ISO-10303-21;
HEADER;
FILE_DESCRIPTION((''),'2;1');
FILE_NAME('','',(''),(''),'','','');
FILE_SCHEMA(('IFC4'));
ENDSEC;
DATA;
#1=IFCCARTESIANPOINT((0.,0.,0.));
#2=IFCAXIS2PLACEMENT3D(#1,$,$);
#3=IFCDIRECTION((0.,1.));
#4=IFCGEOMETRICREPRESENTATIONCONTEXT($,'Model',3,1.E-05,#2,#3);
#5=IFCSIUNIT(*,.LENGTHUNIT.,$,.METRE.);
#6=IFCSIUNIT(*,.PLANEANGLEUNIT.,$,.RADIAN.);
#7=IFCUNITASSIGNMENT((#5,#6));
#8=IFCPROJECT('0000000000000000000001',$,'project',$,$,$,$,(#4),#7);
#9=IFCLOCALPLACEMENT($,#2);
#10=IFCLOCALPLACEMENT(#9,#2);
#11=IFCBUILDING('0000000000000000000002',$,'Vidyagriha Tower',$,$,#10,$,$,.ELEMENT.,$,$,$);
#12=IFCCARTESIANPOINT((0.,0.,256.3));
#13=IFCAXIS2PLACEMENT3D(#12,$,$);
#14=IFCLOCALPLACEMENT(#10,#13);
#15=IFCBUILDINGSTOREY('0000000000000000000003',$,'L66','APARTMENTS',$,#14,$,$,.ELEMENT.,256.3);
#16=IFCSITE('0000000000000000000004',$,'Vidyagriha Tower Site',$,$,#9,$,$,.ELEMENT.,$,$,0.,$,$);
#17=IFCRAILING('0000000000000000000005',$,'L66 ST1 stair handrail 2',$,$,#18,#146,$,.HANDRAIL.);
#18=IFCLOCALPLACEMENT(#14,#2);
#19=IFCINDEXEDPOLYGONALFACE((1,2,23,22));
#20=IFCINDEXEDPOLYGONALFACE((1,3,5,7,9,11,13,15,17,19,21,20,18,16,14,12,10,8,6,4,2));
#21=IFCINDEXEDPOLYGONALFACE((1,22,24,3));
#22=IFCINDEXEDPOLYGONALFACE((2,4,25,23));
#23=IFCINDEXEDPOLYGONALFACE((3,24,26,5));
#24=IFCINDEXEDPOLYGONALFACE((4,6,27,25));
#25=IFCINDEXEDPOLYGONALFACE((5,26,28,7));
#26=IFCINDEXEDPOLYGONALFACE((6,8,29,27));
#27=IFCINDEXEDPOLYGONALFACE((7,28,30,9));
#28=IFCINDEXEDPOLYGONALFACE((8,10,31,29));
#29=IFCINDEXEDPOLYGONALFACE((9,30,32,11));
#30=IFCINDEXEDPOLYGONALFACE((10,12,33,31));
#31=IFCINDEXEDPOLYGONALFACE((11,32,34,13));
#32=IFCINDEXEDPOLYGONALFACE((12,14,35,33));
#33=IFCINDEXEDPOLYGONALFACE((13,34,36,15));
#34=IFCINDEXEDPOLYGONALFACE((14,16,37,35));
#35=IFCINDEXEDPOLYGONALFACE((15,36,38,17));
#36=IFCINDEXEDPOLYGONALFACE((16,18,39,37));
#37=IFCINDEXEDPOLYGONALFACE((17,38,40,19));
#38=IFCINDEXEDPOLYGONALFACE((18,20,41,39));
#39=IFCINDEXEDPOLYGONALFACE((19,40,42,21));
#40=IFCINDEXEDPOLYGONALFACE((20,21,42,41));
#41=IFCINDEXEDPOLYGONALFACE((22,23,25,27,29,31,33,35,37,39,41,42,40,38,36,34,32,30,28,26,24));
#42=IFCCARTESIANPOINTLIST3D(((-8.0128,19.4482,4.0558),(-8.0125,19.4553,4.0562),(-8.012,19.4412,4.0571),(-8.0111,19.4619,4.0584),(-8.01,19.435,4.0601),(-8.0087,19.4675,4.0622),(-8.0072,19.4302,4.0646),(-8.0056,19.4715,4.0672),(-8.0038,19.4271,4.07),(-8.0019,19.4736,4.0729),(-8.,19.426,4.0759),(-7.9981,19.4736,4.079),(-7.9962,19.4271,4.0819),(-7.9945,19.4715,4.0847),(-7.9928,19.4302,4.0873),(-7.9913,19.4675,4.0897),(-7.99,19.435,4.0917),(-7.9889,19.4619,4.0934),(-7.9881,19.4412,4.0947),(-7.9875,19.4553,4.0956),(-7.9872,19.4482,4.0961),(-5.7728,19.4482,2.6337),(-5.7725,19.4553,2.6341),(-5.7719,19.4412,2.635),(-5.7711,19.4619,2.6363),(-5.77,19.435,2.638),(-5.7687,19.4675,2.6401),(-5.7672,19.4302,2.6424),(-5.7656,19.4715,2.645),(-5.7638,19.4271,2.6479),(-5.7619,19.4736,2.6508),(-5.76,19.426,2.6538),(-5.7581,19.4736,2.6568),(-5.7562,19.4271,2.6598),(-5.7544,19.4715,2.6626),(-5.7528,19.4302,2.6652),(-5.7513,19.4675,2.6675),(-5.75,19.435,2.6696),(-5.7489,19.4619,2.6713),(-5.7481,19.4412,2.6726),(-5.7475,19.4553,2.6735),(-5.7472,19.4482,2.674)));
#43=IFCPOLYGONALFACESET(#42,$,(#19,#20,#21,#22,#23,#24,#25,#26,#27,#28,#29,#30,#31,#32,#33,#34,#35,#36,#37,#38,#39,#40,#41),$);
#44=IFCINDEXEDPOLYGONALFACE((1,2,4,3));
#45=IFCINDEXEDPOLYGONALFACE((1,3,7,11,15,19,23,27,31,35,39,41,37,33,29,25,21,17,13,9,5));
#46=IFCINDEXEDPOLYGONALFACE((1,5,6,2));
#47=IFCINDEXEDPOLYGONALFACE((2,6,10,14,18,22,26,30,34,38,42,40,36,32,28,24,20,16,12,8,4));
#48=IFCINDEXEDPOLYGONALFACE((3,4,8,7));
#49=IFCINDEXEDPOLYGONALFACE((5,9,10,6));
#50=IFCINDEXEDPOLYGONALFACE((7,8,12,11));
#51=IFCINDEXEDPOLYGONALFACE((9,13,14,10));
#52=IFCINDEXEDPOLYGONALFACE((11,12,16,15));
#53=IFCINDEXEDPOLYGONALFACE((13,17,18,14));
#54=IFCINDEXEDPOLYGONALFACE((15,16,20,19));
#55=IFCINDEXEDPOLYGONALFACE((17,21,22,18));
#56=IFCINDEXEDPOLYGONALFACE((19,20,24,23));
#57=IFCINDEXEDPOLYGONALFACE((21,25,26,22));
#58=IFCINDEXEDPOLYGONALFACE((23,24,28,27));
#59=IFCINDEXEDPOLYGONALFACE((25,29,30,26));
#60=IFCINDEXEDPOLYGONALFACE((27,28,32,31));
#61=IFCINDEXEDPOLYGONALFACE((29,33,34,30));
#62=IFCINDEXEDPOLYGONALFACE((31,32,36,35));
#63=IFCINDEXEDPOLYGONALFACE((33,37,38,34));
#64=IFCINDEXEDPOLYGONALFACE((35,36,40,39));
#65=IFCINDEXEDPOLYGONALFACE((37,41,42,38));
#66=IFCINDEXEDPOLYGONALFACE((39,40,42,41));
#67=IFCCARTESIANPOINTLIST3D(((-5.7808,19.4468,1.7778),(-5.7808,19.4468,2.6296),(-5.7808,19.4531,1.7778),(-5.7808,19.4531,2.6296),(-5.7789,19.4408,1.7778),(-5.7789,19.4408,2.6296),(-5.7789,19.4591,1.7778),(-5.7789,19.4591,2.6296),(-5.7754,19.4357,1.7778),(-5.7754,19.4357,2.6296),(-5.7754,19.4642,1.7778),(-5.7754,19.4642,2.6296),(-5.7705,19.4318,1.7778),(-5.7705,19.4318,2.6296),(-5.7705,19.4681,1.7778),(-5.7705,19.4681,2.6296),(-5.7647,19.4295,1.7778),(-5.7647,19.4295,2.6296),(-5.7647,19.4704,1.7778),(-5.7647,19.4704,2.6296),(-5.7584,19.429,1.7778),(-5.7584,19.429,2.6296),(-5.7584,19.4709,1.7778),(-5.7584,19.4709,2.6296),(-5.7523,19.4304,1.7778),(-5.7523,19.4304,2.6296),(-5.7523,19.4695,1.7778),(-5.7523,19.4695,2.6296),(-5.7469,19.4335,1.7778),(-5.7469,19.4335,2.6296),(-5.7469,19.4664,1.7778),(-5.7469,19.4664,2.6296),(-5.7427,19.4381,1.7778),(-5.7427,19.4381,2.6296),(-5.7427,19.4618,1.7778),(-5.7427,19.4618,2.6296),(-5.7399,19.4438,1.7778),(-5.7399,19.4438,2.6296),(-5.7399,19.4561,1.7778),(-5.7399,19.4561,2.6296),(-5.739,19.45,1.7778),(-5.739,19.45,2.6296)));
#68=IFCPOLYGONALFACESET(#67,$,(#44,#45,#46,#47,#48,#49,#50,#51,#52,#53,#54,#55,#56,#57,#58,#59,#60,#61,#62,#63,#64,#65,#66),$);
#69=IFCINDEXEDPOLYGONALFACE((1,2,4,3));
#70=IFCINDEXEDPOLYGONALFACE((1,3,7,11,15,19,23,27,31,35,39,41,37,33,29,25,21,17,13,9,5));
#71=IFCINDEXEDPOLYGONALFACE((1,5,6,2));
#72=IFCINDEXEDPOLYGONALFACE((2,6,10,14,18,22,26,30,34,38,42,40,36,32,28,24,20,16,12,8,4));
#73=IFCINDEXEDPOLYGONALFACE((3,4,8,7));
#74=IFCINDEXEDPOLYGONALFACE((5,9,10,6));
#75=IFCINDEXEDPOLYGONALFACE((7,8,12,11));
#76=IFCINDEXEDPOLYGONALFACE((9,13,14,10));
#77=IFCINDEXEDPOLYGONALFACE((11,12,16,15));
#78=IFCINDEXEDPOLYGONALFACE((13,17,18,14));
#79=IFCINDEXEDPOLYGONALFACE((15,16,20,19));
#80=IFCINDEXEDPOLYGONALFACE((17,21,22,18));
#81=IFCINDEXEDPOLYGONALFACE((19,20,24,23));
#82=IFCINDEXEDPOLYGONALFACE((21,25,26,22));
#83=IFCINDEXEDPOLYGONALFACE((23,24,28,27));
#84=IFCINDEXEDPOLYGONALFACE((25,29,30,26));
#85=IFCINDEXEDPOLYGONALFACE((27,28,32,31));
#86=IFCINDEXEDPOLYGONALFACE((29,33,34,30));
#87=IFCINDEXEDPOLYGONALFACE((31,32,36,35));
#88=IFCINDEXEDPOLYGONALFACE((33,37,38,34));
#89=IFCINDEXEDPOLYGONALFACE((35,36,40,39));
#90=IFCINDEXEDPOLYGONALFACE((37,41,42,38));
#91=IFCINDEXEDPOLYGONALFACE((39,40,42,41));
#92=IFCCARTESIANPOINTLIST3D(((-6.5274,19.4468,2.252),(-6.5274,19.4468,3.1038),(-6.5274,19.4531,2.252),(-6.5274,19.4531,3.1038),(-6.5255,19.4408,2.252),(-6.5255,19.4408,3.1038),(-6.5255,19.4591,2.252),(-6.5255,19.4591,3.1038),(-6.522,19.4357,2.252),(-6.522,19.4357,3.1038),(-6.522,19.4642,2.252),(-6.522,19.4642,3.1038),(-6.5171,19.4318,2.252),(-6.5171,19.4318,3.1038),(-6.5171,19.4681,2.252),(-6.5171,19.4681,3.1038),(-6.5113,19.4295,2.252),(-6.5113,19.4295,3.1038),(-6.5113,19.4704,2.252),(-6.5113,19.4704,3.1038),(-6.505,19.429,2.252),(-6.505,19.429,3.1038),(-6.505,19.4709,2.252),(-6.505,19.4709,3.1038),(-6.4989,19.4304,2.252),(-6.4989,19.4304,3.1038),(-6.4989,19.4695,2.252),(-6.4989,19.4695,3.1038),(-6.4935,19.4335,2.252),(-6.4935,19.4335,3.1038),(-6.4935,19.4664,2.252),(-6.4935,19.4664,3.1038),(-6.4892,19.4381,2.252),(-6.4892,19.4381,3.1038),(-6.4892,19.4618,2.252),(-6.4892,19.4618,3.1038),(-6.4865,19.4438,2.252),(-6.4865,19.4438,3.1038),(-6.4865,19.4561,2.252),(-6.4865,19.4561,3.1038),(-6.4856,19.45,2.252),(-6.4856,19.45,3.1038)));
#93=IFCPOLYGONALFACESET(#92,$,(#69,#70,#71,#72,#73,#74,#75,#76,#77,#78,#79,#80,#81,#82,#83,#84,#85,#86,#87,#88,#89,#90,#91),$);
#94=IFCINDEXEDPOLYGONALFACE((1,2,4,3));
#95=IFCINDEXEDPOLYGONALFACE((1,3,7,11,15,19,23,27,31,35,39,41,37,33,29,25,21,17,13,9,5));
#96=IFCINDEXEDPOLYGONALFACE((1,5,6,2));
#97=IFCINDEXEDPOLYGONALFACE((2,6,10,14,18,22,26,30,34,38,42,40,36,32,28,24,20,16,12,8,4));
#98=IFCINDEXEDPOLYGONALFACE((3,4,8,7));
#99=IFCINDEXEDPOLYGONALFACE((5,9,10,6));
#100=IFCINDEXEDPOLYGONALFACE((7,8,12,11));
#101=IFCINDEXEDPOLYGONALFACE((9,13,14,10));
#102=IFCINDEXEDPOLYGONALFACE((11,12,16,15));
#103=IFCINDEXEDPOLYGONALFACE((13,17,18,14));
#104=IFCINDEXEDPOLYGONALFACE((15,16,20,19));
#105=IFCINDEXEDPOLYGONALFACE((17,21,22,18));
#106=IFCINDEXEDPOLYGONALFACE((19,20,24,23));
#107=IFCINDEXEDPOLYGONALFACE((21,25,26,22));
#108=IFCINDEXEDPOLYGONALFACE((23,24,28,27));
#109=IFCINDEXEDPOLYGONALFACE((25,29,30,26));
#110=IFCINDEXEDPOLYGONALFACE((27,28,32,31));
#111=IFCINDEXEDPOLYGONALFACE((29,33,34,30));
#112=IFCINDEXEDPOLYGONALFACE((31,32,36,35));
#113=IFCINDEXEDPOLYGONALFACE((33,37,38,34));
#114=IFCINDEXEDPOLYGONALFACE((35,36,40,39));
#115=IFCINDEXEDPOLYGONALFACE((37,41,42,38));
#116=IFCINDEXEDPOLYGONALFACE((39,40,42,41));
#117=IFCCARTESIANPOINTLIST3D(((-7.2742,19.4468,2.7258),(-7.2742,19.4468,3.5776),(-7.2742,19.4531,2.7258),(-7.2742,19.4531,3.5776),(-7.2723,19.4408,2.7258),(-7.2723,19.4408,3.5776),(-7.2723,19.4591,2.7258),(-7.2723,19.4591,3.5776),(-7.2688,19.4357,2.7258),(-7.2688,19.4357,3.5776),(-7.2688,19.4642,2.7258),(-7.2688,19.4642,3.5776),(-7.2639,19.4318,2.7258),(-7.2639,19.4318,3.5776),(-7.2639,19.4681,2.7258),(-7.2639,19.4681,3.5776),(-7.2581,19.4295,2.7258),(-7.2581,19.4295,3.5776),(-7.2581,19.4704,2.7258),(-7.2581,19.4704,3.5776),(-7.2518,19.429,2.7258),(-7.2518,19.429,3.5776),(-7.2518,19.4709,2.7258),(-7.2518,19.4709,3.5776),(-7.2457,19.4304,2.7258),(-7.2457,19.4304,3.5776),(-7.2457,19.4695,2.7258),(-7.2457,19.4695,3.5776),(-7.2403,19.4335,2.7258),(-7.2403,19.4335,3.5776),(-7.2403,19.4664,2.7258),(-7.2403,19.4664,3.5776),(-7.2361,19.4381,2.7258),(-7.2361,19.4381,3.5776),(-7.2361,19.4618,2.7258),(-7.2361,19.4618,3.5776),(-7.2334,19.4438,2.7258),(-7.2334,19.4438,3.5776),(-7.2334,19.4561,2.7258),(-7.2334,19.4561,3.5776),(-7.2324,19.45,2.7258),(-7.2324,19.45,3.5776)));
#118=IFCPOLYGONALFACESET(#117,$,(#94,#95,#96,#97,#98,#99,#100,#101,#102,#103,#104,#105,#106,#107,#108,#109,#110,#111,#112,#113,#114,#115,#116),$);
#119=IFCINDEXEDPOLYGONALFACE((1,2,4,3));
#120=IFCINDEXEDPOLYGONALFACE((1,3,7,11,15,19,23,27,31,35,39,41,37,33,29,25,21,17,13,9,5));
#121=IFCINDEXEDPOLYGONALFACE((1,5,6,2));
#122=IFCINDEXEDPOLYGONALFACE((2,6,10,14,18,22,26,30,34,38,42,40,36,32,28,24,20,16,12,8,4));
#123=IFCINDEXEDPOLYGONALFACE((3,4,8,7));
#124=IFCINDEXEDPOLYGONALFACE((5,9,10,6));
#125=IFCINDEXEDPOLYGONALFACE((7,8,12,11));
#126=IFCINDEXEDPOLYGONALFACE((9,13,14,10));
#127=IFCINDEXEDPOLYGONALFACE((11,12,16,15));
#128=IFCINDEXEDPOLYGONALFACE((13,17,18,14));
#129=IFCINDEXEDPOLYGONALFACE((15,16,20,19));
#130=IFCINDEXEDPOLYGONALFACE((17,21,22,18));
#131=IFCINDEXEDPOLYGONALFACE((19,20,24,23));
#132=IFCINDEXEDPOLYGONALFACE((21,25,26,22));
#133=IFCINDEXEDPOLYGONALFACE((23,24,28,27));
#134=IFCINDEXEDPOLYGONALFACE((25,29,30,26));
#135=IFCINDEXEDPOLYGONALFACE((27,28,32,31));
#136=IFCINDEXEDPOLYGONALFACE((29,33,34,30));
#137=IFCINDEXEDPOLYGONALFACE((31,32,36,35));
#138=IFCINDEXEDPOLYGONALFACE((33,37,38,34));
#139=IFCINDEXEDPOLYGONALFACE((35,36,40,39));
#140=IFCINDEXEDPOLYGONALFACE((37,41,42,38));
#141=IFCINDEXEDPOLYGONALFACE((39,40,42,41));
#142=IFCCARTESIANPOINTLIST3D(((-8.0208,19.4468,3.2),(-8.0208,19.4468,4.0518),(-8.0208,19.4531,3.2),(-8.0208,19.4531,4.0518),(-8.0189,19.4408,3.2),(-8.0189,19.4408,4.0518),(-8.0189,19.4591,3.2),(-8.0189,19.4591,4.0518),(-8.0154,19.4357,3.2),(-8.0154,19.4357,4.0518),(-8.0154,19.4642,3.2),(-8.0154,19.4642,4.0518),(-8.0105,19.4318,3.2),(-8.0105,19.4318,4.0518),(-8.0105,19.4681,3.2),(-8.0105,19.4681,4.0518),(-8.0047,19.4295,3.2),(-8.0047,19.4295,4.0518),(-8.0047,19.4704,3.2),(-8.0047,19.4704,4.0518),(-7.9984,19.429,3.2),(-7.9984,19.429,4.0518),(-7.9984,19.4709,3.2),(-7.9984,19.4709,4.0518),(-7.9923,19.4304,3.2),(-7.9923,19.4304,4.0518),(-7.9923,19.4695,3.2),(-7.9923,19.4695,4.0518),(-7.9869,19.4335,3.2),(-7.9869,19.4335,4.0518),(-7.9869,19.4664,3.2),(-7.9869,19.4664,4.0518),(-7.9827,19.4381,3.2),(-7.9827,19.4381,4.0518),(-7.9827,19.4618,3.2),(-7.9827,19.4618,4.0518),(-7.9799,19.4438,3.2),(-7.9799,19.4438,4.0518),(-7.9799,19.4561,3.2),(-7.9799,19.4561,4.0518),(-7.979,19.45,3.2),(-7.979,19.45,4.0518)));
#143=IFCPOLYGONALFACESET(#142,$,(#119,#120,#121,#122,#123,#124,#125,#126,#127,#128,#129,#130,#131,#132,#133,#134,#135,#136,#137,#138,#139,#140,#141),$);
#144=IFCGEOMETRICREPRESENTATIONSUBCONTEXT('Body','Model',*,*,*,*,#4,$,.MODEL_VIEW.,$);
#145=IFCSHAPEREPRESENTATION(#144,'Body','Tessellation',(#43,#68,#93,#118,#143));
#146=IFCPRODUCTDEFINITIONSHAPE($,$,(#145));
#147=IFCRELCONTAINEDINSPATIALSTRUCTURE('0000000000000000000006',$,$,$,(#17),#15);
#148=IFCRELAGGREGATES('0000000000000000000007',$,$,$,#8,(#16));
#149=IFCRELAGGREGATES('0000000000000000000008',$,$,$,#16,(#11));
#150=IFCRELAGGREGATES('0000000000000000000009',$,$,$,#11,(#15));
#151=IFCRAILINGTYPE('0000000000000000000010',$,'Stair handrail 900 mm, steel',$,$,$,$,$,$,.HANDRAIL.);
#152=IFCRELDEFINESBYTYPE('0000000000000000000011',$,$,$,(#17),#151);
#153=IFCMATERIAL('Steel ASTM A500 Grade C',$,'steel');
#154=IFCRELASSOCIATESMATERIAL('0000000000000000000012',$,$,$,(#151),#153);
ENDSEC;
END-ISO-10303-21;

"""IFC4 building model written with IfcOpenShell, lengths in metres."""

from ifc_helpers import new_model, si_unit, direction, frame, origin, origin_2d, place, context, subcontext, project, spatial, circle, extrude, material, type_object, element, save


model = new_model("IFC4")

# Units and contexts
model_context = context("Model", 3, precision=1e-05, world=origin(), true_north=direction((0.0, 1.0)))
body_context = subcontext(model_context, "Body", "Model", "MODEL_VIEW")
ifc_project = project(units=[si_unit("LENGTHUNIT", "METRE"), si_unit("PLANEANGLEUNIT", "RADIAN")], contexts=[model_context])

# Site, building, storey
site_placement = place(None, origin())
site = spatial("IfcSite", under=ifc_project, at=site_placement, Name="Vidyagriha Tower Site", CompositionType="ELEMENT", RefElevation=0.0)
building_placement = place(site_placement, origin())
building = spatial("IfcBuilding", under=site, at=building_placement, Name="Vidyagriha Tower", CompositionType="ELEMENT")
storey_placement = place(building_placement, frame((0.0, 0.0, 256.3)))
storey = spatial("IfcBuildingStorey", under=building, at=storey_placement, Name="L66", Description="APARTMENTS", CompositionType="ELEMENT", Elevation=256.3)

# Railing
ifc_material_1 = material(Name="Steel ASTM A500 Grade C", Category="steel")
railing_type_1 = type_object("IfcRailingType", Name="Stair handrail 900 mm, steel", PredefinedType="HANDRAIL", material=ifc_material_1)
railing_1_placement = place(storey_placement, frame((-5.76, 19.45, 1.7778)))
element("IfcRailing", 1, at=railing_1_placement, inside=storey, type_object=railing_type_1, Name="L66 ST1 stair handrail 2", PredefinedType="HANDRAIL", context=body_context, shape_type="SweptSolid", body=[
    extrude(circle(Radius=0.0239, at=origin_2d()), frame((0.0, 0.0, 0.876), z_axis=(-0.844229, 0.0, 0.535982), x_axis=(0.0, -1.0, 0.0)), (0.0, 0.0, 1.0), 2.6533),
    extrude(circle(Radius=0.021, at=origin_2d()), origin(), (0.0, 0.0, 1.0), 0.8518),
    extrude(circle(Radius=0.021, at=origin_2d()), frame((-0.7466, 0.0, 0.4741)), (0.0, 0.0, 1.0), 0.8518),
    extrude(circle(Radius=0.021, at=origin_2d()), frame((-1.4934, 0.0, 0.948)), (0.0, 0.0, 1.0), 0.8518),
    extrude(circle(Radius=0.021, at=origin_2d()), frame((-2.24, 0.0, 1.4221)), (0.0, 0.0, 1.0), 0.8518),
])

save(model, "model.ifc")
